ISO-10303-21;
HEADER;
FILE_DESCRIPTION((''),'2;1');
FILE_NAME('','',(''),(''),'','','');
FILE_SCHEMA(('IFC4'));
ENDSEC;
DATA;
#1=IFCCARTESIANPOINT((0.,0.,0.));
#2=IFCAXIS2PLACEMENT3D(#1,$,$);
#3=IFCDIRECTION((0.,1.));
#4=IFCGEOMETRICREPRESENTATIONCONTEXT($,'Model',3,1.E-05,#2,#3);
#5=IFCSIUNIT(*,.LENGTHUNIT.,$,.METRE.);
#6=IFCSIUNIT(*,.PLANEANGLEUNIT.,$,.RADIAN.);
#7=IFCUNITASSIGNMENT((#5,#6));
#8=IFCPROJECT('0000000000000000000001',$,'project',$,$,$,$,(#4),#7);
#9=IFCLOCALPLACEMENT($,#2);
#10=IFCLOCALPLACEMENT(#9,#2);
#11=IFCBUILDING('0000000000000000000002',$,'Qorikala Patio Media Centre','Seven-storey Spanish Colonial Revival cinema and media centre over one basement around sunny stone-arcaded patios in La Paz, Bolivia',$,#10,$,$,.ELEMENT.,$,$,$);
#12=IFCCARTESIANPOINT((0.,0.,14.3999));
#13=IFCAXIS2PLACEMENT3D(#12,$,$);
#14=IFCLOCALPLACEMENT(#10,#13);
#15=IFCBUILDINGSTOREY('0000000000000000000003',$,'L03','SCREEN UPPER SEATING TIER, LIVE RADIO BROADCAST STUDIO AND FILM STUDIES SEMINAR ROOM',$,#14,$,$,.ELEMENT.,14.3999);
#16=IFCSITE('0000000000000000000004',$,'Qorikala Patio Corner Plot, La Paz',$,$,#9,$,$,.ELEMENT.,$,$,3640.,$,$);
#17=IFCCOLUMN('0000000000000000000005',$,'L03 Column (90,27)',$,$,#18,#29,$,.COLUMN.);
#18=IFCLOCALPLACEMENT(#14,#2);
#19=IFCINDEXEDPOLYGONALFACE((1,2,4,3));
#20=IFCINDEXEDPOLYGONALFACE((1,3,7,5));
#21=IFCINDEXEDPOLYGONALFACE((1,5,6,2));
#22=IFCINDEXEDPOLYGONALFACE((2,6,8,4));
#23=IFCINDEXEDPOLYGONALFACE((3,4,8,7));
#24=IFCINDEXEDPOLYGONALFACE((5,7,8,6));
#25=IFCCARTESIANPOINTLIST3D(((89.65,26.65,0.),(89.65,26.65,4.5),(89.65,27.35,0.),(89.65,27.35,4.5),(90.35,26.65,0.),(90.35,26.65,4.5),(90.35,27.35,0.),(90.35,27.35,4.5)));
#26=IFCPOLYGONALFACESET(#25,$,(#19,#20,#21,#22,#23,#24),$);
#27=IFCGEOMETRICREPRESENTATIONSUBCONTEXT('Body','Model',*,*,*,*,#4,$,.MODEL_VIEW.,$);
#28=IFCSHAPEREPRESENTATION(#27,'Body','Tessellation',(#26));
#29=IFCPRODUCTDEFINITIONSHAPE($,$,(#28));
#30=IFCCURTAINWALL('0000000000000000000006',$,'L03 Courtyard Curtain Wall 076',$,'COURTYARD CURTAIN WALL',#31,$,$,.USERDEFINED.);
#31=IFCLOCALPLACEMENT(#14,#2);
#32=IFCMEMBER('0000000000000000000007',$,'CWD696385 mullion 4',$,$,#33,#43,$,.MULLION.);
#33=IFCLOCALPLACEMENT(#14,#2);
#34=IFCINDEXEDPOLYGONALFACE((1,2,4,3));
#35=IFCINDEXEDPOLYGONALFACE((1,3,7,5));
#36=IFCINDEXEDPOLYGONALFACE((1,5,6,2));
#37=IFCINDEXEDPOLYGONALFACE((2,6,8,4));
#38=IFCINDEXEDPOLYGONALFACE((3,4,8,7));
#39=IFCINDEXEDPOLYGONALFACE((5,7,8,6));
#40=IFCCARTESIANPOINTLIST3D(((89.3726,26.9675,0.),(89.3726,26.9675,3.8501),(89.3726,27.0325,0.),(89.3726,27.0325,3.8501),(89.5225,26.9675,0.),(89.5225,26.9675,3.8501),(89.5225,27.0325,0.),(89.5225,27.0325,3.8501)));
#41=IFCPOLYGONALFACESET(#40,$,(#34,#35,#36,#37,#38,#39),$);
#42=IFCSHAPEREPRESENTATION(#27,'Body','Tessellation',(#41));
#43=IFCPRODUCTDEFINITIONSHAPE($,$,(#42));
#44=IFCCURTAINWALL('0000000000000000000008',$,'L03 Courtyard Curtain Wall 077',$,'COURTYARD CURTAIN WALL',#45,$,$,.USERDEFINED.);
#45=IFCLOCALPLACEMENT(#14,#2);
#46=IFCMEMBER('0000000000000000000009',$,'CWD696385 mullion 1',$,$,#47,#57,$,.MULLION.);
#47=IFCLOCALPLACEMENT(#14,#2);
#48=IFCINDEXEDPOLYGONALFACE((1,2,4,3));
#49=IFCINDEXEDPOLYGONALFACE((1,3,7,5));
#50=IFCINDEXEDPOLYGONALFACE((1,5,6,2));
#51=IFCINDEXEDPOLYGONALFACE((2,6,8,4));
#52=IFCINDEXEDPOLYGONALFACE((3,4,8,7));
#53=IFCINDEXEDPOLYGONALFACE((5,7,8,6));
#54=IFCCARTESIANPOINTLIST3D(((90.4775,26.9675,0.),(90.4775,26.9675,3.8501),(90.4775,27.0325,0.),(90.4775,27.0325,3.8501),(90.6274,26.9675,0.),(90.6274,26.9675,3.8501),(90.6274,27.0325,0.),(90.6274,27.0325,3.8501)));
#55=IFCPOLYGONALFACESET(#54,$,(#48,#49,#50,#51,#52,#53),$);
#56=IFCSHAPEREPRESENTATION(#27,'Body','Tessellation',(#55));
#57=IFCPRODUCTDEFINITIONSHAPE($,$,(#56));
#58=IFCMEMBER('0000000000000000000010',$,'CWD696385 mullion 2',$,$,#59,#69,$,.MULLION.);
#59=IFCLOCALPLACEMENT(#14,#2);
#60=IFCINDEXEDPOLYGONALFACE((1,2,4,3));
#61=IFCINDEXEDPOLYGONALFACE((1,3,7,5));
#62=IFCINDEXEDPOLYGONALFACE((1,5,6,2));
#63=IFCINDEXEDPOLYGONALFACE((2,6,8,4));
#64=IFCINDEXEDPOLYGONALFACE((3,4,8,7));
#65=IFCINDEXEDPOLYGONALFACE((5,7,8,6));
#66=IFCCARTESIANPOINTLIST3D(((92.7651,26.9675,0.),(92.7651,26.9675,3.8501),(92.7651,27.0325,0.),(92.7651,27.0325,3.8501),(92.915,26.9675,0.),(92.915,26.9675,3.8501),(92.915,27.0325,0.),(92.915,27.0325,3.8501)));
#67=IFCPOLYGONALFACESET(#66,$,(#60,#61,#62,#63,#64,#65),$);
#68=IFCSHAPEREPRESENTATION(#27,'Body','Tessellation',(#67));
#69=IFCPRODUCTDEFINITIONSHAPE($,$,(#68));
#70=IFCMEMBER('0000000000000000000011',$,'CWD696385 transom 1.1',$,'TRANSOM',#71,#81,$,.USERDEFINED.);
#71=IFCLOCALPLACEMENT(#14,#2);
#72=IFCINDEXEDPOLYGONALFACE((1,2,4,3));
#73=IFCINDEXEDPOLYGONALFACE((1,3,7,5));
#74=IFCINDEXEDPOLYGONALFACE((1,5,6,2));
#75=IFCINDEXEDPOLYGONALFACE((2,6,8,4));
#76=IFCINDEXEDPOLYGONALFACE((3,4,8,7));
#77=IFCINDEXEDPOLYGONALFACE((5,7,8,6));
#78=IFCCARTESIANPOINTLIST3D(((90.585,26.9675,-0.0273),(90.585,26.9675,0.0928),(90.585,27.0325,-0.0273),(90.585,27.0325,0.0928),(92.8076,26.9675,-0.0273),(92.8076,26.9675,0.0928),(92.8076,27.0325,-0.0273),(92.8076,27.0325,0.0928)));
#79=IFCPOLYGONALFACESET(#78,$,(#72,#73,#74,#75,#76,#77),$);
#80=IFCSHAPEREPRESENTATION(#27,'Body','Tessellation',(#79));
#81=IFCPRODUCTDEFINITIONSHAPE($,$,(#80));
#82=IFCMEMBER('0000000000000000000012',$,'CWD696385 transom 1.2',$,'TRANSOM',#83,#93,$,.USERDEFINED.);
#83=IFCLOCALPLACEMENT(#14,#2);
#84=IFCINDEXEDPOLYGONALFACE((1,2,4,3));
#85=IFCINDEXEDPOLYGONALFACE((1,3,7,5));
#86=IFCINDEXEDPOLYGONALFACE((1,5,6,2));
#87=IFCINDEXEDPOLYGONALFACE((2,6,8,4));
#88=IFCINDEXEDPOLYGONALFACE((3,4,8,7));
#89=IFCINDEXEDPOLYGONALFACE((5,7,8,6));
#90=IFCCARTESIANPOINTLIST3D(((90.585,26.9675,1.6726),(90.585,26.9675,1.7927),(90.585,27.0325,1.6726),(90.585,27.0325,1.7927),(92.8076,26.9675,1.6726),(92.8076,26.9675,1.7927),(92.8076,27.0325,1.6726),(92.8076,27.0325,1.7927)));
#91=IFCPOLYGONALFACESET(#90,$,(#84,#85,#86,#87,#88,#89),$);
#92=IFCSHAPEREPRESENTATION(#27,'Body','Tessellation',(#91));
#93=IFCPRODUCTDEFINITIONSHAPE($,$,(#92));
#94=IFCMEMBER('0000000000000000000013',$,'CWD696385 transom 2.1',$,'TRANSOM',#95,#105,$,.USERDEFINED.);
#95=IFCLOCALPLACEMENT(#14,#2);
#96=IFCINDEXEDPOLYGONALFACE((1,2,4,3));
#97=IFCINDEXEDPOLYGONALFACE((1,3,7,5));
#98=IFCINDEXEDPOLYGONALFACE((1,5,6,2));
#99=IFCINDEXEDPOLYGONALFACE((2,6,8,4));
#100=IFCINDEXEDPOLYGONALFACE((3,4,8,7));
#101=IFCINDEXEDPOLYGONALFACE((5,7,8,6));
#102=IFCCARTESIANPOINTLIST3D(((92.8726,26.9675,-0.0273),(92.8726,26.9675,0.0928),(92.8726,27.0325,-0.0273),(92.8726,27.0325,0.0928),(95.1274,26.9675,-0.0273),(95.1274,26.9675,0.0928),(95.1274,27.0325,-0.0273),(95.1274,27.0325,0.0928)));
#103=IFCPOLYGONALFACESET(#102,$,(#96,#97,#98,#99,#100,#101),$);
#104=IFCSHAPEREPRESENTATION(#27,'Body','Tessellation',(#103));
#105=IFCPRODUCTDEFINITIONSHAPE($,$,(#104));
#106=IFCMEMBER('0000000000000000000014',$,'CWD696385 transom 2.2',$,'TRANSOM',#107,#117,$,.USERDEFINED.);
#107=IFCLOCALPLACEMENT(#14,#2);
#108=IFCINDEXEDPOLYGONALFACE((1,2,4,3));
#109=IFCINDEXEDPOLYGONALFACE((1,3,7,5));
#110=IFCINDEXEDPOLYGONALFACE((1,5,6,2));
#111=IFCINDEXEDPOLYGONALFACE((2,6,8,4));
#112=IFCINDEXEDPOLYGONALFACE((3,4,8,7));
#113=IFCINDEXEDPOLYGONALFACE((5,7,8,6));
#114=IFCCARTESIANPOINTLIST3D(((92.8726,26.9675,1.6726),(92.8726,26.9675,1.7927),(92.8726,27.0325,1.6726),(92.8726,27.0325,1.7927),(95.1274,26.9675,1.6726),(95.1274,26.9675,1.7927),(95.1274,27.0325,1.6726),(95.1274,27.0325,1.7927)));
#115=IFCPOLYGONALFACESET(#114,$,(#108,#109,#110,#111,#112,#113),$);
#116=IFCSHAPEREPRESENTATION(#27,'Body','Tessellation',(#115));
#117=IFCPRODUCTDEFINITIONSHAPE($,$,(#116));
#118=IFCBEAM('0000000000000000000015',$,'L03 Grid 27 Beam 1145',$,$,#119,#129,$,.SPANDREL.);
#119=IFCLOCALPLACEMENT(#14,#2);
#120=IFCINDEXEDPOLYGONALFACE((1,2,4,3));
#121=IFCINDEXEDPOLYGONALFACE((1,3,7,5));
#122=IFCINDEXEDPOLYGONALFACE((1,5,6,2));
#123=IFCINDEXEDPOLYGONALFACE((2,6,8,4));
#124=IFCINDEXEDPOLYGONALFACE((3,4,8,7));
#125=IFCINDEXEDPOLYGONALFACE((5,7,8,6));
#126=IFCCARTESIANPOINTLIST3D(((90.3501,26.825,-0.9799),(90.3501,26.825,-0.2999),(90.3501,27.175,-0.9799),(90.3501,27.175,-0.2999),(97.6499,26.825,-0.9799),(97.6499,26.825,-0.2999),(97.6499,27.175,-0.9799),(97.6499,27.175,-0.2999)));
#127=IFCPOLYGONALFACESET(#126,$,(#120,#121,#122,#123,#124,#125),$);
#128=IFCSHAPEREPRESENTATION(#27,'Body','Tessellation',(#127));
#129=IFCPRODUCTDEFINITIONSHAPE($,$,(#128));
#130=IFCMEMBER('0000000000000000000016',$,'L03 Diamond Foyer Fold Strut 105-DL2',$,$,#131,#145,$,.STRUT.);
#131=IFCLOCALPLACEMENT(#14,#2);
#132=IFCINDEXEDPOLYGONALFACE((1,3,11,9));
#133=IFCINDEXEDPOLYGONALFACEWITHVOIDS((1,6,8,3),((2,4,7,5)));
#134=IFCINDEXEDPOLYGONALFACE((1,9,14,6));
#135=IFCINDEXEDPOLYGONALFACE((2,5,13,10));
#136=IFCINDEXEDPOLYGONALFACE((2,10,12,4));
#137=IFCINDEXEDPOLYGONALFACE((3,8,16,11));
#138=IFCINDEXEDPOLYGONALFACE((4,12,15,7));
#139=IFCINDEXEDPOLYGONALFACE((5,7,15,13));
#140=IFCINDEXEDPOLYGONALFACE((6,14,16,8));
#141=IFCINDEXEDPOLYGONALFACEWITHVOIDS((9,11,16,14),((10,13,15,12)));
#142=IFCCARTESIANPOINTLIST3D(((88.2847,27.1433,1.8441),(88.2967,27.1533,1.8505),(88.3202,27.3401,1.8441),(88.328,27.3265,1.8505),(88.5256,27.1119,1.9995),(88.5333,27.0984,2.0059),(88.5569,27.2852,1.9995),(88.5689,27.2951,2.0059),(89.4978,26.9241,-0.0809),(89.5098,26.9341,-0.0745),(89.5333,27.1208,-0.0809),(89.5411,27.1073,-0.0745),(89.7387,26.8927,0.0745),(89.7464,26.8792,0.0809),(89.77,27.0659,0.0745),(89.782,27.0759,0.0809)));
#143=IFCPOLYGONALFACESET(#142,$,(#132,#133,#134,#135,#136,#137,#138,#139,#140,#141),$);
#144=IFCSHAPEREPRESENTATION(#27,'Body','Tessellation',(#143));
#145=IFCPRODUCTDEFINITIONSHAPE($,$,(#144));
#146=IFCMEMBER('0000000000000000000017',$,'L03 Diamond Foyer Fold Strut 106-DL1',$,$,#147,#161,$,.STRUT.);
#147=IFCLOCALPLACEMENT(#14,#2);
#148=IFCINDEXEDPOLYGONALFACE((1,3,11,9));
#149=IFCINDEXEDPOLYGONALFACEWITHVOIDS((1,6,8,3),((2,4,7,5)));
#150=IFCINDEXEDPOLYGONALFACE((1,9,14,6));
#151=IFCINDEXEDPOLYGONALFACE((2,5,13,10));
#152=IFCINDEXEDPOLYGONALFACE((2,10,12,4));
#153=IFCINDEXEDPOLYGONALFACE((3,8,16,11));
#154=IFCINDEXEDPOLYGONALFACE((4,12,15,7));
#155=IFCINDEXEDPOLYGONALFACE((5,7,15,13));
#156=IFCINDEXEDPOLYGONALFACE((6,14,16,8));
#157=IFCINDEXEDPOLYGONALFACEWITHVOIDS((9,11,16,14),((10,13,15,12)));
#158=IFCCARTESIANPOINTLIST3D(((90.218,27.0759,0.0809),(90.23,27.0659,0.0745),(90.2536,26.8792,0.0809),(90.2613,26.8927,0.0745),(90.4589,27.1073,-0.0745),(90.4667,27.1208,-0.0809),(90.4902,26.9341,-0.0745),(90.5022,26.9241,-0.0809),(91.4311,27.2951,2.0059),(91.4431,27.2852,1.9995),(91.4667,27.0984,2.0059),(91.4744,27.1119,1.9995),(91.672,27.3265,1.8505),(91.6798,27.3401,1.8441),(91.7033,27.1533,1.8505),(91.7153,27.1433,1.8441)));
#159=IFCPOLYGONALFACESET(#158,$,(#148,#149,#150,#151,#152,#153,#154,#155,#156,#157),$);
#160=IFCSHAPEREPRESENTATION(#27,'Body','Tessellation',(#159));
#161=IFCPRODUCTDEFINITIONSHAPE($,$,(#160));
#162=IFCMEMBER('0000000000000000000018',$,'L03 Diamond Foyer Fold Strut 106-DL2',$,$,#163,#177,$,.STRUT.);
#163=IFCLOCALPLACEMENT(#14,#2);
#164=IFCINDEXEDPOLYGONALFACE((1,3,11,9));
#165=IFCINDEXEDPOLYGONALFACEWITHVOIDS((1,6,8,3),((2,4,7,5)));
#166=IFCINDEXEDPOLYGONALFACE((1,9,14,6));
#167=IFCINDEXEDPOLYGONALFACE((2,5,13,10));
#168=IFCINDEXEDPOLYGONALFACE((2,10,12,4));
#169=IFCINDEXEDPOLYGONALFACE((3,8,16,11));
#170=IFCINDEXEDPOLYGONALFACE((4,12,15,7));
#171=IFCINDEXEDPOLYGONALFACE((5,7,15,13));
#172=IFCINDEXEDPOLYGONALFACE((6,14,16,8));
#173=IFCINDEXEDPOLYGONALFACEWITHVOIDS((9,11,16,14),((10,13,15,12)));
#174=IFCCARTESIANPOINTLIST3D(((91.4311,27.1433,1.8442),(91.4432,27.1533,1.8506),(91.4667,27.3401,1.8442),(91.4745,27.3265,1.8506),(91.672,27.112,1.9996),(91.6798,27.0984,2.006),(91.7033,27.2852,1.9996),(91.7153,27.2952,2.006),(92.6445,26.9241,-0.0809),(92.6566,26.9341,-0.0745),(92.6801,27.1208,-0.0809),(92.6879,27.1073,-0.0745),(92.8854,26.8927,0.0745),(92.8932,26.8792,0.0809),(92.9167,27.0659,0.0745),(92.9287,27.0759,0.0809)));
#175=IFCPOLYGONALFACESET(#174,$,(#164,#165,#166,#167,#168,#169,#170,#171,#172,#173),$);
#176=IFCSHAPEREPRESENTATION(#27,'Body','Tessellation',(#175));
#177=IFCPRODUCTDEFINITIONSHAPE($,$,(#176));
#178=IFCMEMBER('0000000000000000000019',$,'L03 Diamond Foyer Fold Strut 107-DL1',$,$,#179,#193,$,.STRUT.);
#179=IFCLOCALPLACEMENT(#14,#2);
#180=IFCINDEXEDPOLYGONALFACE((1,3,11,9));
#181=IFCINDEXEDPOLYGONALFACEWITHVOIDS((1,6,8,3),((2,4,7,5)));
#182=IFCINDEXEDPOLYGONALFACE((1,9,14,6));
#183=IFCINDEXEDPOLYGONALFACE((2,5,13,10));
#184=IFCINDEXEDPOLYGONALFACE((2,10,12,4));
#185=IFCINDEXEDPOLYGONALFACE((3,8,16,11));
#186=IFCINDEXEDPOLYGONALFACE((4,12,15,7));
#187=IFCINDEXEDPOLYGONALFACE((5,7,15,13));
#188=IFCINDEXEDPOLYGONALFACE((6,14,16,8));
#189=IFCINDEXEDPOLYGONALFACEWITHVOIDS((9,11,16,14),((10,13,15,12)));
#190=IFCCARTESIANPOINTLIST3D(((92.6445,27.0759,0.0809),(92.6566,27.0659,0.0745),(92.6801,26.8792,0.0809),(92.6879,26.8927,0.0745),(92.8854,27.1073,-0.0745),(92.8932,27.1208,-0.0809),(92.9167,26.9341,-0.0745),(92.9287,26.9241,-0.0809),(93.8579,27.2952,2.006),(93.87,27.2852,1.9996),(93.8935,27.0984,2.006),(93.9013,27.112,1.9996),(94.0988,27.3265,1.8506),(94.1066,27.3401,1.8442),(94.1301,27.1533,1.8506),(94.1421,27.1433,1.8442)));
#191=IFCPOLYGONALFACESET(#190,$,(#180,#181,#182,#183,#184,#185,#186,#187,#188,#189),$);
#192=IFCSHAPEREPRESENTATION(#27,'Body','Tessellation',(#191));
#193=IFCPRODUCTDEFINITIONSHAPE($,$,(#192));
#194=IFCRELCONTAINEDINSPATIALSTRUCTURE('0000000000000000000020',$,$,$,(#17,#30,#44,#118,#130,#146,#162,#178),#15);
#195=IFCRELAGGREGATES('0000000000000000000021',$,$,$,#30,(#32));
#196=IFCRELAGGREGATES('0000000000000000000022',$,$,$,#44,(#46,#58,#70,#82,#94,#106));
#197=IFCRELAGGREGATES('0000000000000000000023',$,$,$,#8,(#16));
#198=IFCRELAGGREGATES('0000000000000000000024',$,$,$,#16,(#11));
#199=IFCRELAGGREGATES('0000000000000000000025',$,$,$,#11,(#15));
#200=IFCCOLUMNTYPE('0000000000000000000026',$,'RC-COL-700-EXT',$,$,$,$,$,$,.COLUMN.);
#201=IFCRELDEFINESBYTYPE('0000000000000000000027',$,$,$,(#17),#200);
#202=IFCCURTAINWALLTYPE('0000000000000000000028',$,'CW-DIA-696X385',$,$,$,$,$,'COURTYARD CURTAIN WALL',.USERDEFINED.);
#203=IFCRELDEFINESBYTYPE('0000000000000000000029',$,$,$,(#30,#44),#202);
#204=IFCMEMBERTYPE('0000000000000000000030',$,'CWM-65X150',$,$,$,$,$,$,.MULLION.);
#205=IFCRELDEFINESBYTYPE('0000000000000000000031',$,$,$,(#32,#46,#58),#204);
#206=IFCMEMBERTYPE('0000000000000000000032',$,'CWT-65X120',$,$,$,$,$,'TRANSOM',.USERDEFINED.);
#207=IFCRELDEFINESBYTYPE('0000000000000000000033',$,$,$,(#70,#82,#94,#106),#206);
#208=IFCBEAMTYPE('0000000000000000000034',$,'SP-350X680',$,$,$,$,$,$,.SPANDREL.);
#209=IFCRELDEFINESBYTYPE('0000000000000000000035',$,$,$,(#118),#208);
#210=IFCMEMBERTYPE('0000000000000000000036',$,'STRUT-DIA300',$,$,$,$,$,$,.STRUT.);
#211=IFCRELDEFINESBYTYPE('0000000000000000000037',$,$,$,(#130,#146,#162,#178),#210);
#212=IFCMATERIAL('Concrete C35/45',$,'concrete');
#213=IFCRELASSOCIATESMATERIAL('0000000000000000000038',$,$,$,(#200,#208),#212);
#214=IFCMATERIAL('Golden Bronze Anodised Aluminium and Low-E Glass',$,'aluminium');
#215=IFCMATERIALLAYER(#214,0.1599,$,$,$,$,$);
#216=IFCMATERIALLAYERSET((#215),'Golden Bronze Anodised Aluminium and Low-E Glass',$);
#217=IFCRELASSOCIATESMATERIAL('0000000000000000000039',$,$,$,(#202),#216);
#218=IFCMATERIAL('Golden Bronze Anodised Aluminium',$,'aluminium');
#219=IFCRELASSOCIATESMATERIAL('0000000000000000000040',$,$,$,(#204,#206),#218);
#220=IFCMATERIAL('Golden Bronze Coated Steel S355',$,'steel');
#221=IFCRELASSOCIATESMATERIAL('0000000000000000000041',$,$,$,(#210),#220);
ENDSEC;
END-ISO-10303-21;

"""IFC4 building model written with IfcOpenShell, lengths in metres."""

from ifc_helpers import new_model, si_unit, direction, frame, origin, origin_2d, place, context, subcontext, project, spatial, rectangle, hollow_rectangle, extrude, material, layer, layer_set, material_profile, profile_set, type_object, element, aggregate, save


model = new_model("IFC4")

# Units and contexts
model_context = context("Model", 3, precision=1e-05, world=origin(), true_north=direction((0.0, 1.0)))
body_context = subcontext(model_context, "Body", "Model", "MODEL_VIEW")
ifc_project = project(units=[si_unit("LENGTHUNIT", "METRE"), si_unit("PLANEANGLEUNIT", "RADIAN")], contexts=[model_context])

# Site, building, storey
site_placement = place(None, origin())
site = spatial("IfcSite", under=ifc_project, at=site_placement, Name="Qorikala Patio Corner Plot, La Paz", CompositionType="ELEMENT", RefElevation=3640.0)
building_placement = place(site_placement, origin())
building = spatial("IfcBuilding", under=site, at=building_placement, Name="Qorikala Patio Media Centre", Description="Seven-storey Spanish Colonial Revival cinema and media centre over one basement around sunny stone-arcaded patios in La Paz, Bolivia", CompositionType="ELEMENT")
storey_placement = place(building_placement, frame((0.0, 0.0, 14.3999)))
storey = spatial("IfcBuildingStorey", under=building, at=storey_placement, Name="L03", Description="SCREEN UPPER SEATING TIER, LIVE RADIO BROADCAST STUDIO AND FILM STUDIES SEMINAR ROOM", CompositionType="ELEMENT", Elevation=14.3999)

# Column
ifc_material_1 = material(Name="Concrete C35/45", Category="concrete")
ifc_material_profile_1 = material_profile(ifc_material_1, rectangle(XDim=0.7, YDim=0.7, at=origin_2d()), Name="RC 700x700")
ifc_profile_set_1 = profile_set([ifc_material_profile_1], Name="Concrete C35/45")
column_type = type_object("IfcColumnType", Name="RC-COL-700-EXT", PredefinedType="COLUMN", material=ifc_profile_set_1)
column_placement = place(storey_placement, frame((90.0, 27.0, 0.0), z_axis=(0.0, 0.0, 1.0), x_axis=(1.0, 0.0, 0.0)))
element("IfcColumn", 1, at=column_placement, inside=storey, type_object=column_type, Name="L03 Column (90,27)", PredefinedType="COLUMN", context=body_context, shape_type="SweptSolid", body=[
    extrude(rectangle(XDim=0.7, YDim=0.7, at=origin_2d()), origin(), (0.0, 0.0, 1.0), 4.5),
])

# Curtain wall, member
ifc_material_2 = material(Name="Golden Bronze Anodised Aluminium and Low-E Glass", Category="aluminium")
ifc_layer_1 = layer(ifc_material_2, 0.1599)
ifc_layer_set_1 = layer_set([ifc_layer_1], Name="Golden Bronze Anodised Aluminium and Low-E Glass")
curtain_wall_type = type_object("IfcCurtainWallType", Name="CW-DIA-696X385", ElementType="COURTYARD CURTAIN WALL", PredefinedType="USERDEFINED", material=ifc_layer_set_1)
curtain_wall_1_placement = place(storey_placement, origin())
curtain_wall_1 = element("IfcCurtainWall", 2, at=curtain_wall_1_placement, inside=storey, type_object=curtain_wall_type, Name="L03 Courtyard Curtain Wall 076", ObjectType="COURTYARD CURTAIN WALL", PredefinedType="USERDEFINED")
ifc_material_3 = material(Name="Golden Bronze Anodised Aluminium", Category="aluminium")
ifc_material_profile_2 = material_profile(ifc_material_3, rectangle(XDim=0.0649, YDim=0.1499, at=origin_2d()), Name="ALU MULLION 65x150")
ifc_profile_set_2 = profile_set([ifc_material_profile_2], Name="Golden Bronze Anodised Aluminium")
member_type_1 = type_object("IfcMemberType", Name="CWM-65X150", PredefinedType="MULLION", material=ifc_profile_set_2)
member_1_placement = place(storey_placement, frame((89.4475, 27.0, 0.0), z_axis=(0.0, 0.0, 1.0), x_axis=(0.0, 1.0, 0.0)))
member_1 = element("IfcMember", 3, at=member_1_placement, type_object=member_type_1, Name="CWD696385 mullion 4", PredefinedType="MULLION", context=body_context, shape_type="SweptSolid", body=[
    extrude(rectangle(XDim=0.0649, YDim=0.1499, at=origin_2d()), origin(), (0.0, 0.0, 1.0), 3.8501),
])
aggregate(curtain_wall_1, [member_1])

# Curtain wall, members
curtain_wall_2_placement = place(storey_placement, origin())
curtain_wall_2 = element("IfcCurtainWall", 4, at=curtain_wall_2_placement, inside=storey, type_object=curtain_wall_type, Name="L03 Courtyard Curtain Wall 077", ObjectType="COURTYARD CURTAIN WALL", PredefinedType="USERDEFINED")
member_2_placement = place(storey_placement, frame((90.5525, 27.0, 0.0), z_axis=(0.0, 0.0, 1.0), x_axis=(0.0, 1.0, 0.0)))
member_2 = element("IfcMember", 5, at=member_2_placement, type_object=member_type_1, Name="CWD696385 mullion 1", PredefinedType="MULLION", context=body_context, shape_type="SweptSolid", body=[
    extrude(rectangle(XDim=0.0649, YDim=0.1499, at=origin_2d()), origin(), (0.0, 0.0, 1.0), 3.8501),
])
member_3_placement = place(storey_placement, frame((92.8401, 27.0, 0.0), z_axis=(0.0, 0.0, 1.0), x_axis=(0.0, 1.0, 0.0)))
member_3 = element("IfcMember", 6, at=member_3_placement, type_object=member_type_1, Name="CWD696385 mullion 2", PredefinedType="MULLION", context=body_context, shape_type="SweptSolid", body=[
    extrude(rectangle(XDim=0.0649, YDim=0.1499, at=origin_2d()), origin(), (0.0, 0.0, 1.0), 3.8501),
])
ifc_material_profile_3 = material_profile(ifc_material_3, rectangle(XDim=0.0649, YDim=0.1201, at=origin_2d()), Name="ALU TRANSOM 65x120")
ifc_profile_set_3 = profile_set([ifc_material_profile_3], Name="Golden Bronze Anodised Aluminium")
member_type_2 = type_object("IfcMemberType", Name="CWT-65X120", ElementType="TRANSOM", PredefinedType="USERDEFINED", material=ifc_profile_set_3)
member_4_placement = place(storey_placement, frame((90.585, 27.0, 0.0327), z_axis=(1.0, 0.0, 0.0), x_axis=(0.0, 1.0, 0.0)))
member_4 = element("IfcMember", 7, at=member_4_placement, type_object=member_type_2, Name="CWD696385 transom 1.1", ObjectType="TRANSOM", PredefinedType="USERDEFINED", context=body_context, shape_type="SweptSolid", body=[
    extrude(rectangle(XDim=0.0649, YDim=0.1201, at=origin_2d()), origin(), (0.0, 0.0, 1.0), 2.2227),
])
member_5_placement = place(storey_placement, frame((90.585, 27.0, 1.7327), z_axis=(1.0, 0.0, 0.0), x_axis=(0.0, 1.0, 0.0)))
member_5 = element("IfcMember", 8, at=member_5_placement, type_object=member_type_2, Name="CWD696385 transom 1.2", ObjectType="TRANSOM", PredefinedType="USERDEFINED", context=body_context, shape_type="SweptSolid", body=[
    extrude(rectangle(XDim=0.0649, YDim=0.1201, at=origin_2d()), origin(), (0.0, 0.0, 1.0), 2.2227),
])
member_6_placement = place(storey_placement, frame((92.8726, 27.0, 0.0327), z_axis=(1.0, 0.0, 0.0), x_axis=(0.0, 1.0, 0.0)))
member_6 = element("IfcMember", 9, at=member_6_placement, type_object=member_type_2, Name="CWD696385 transom 2.1", ObjectType="TRANSOM", PredefinedType="USERDEFINED", context=body_context, shape_type="SweptSolid", body=[
    extrude(rectangle(XDim=0.0649, YDim=0.1201, at=origin_2d()), origin(), (0.0, 0.0, 1.0), 2.2549),
])
member_7_placement = place(storey_placement, frame((92.8726, 27.0, 1.7327), z_axis=(1.0, 0.0, 0.0), x_axis=(0.0, 1.0, 0.0)))
member_7 = element("IfcMember", 10, at=member_7_placement, type_object=member_type_2, Name="CWD696385 transom 2.2", ObjectType="TRANSOM", PredefinedType="USERDEFINED", context=body_context, shape_type="SweptSolid", body=[
    extrude(rectangle(XDim=0.0649, YDim=0.1201, at=origin_2d()), origin(), (0.0, 0.0, 1.0), 2.2549),
])

# Beam
ifc_material_profile_4 = material_profile(ifc_material_1, rectangle(XDim=0.3501, YDim=0.6799, at=origin_2d()), Name="RC 350x680")
ifc_profile_set_4 = profile_set([ifc_material_profile_4], Name="Concrete C35/45")
beam_type = type_object("IfcBeamType", Name="SP-350X680", PredefinedType="SPANDREL", material=ifc_profile_set_4)
beam_placement = place(storey_placement, frame((90.3501, 27.0, -0.6399), z_axis=(1.0, 0.0, 0.0), x_axis=(0.0, 1.0, 0.0)))
element("IfcBeam", 11, at=beam_placement, inside=storey, type_object=beam_type, Name="L03 Grid 27 Beam 1145", PredefinedType="SPANDREL", context=body_context, shape_type="SweptSolid", body=[
    extrude(rectangle(XDim=0.3501, YDim=0.6799, at=origin_2d()), origin(), (0.0, 0.0, 1.0), 7.2998),
])

# Members
ifc_material_4 = material(Name="Golden Bronze Coated Steel S355", Category="steel")
ifc_material_profile_5 = material_profile(ifc_material_4, hollow_rectangle(XDim=0.2, YDim=0.3, WallThickness=0.012, at=origin_2d()), Name="HSS300X200X12")
ifc_profile_set_5 = profile_set([ifc_material_profile_5], Name="Golden Bronze Coated Steel S355")
member_type_3 = type_object("IfcMemberType", Name="STRUT-DIA300", PredefinedType="STRUT", material=ifc_profile_set_5)
for number, where, z_axis, x_axis, name in (
    (12, (89.6399, 27.0, 0.0), (-0.530691, 0.095907, 0.842121), (-0.17784, -0.984059, 0.0), "L03 Diamond Foyer Fold Strut 105-DL2"),
    (13, (90.3601, 27.0, 0.0), (0.530691, 0.095907, 0.842121), (-0.17784, 0.984059, 0.0), "L03 Diamond Foyer Fold Strut 106-DL1"),
):
    element("IfcMember", number, at=place(storey_placement, frame(where, z_axis=z_axis, x_axis=x_axis)), inside=storey, type_object=member_type_3, Name=name, PredefinedType="STRUT", context=body_context, shape_type="SweptSolid", body=[
        extrude(hollow_rectangle(XDim=0.2, YDim=0.3, WallThickness=0.012, at=origin_2d()), origin(), (0.0, 0.0, 1.0), 2.2859),
    ])
for number, where, z_axis, x_axis, name in (
    (14, (92.7866, 27.0, 0.0), (-0.530768, 0.095901, 0.842074), (-0.177805, -0.984066, 0.0), "L03 Diamond Foyer Fold Strut 106-DL2"),
    (15, (92.7866, 27.0, 0.0), (0.530768, 0.095901, 0.842074), (-0.177805, 0.984066, 0.0), "L03 Diamond Foyer Fold Strut 107-DL1"),
):
    element("IfcMember", number, at=place(storey_placement, frame(where, z_axis=z_axis, x_axis=x_axis)), inside=storey, type_object=member_type_3, Name=name, PredefinedType="STRUT", context=body_context, shape_type="SweptSolid", body=[
        extrude(hollow_rectangle(XDim=0.2, YDim=0.3, WallThickness=0.012, at=origin_2d()), origin(), (0.0, 0.0, 1.0), 2.2861),
    ])

aggregate(curtain_wall_2, [member_2, member_3, member_4, member_5, member_6, member_7])

save(model, "model.ifc")
